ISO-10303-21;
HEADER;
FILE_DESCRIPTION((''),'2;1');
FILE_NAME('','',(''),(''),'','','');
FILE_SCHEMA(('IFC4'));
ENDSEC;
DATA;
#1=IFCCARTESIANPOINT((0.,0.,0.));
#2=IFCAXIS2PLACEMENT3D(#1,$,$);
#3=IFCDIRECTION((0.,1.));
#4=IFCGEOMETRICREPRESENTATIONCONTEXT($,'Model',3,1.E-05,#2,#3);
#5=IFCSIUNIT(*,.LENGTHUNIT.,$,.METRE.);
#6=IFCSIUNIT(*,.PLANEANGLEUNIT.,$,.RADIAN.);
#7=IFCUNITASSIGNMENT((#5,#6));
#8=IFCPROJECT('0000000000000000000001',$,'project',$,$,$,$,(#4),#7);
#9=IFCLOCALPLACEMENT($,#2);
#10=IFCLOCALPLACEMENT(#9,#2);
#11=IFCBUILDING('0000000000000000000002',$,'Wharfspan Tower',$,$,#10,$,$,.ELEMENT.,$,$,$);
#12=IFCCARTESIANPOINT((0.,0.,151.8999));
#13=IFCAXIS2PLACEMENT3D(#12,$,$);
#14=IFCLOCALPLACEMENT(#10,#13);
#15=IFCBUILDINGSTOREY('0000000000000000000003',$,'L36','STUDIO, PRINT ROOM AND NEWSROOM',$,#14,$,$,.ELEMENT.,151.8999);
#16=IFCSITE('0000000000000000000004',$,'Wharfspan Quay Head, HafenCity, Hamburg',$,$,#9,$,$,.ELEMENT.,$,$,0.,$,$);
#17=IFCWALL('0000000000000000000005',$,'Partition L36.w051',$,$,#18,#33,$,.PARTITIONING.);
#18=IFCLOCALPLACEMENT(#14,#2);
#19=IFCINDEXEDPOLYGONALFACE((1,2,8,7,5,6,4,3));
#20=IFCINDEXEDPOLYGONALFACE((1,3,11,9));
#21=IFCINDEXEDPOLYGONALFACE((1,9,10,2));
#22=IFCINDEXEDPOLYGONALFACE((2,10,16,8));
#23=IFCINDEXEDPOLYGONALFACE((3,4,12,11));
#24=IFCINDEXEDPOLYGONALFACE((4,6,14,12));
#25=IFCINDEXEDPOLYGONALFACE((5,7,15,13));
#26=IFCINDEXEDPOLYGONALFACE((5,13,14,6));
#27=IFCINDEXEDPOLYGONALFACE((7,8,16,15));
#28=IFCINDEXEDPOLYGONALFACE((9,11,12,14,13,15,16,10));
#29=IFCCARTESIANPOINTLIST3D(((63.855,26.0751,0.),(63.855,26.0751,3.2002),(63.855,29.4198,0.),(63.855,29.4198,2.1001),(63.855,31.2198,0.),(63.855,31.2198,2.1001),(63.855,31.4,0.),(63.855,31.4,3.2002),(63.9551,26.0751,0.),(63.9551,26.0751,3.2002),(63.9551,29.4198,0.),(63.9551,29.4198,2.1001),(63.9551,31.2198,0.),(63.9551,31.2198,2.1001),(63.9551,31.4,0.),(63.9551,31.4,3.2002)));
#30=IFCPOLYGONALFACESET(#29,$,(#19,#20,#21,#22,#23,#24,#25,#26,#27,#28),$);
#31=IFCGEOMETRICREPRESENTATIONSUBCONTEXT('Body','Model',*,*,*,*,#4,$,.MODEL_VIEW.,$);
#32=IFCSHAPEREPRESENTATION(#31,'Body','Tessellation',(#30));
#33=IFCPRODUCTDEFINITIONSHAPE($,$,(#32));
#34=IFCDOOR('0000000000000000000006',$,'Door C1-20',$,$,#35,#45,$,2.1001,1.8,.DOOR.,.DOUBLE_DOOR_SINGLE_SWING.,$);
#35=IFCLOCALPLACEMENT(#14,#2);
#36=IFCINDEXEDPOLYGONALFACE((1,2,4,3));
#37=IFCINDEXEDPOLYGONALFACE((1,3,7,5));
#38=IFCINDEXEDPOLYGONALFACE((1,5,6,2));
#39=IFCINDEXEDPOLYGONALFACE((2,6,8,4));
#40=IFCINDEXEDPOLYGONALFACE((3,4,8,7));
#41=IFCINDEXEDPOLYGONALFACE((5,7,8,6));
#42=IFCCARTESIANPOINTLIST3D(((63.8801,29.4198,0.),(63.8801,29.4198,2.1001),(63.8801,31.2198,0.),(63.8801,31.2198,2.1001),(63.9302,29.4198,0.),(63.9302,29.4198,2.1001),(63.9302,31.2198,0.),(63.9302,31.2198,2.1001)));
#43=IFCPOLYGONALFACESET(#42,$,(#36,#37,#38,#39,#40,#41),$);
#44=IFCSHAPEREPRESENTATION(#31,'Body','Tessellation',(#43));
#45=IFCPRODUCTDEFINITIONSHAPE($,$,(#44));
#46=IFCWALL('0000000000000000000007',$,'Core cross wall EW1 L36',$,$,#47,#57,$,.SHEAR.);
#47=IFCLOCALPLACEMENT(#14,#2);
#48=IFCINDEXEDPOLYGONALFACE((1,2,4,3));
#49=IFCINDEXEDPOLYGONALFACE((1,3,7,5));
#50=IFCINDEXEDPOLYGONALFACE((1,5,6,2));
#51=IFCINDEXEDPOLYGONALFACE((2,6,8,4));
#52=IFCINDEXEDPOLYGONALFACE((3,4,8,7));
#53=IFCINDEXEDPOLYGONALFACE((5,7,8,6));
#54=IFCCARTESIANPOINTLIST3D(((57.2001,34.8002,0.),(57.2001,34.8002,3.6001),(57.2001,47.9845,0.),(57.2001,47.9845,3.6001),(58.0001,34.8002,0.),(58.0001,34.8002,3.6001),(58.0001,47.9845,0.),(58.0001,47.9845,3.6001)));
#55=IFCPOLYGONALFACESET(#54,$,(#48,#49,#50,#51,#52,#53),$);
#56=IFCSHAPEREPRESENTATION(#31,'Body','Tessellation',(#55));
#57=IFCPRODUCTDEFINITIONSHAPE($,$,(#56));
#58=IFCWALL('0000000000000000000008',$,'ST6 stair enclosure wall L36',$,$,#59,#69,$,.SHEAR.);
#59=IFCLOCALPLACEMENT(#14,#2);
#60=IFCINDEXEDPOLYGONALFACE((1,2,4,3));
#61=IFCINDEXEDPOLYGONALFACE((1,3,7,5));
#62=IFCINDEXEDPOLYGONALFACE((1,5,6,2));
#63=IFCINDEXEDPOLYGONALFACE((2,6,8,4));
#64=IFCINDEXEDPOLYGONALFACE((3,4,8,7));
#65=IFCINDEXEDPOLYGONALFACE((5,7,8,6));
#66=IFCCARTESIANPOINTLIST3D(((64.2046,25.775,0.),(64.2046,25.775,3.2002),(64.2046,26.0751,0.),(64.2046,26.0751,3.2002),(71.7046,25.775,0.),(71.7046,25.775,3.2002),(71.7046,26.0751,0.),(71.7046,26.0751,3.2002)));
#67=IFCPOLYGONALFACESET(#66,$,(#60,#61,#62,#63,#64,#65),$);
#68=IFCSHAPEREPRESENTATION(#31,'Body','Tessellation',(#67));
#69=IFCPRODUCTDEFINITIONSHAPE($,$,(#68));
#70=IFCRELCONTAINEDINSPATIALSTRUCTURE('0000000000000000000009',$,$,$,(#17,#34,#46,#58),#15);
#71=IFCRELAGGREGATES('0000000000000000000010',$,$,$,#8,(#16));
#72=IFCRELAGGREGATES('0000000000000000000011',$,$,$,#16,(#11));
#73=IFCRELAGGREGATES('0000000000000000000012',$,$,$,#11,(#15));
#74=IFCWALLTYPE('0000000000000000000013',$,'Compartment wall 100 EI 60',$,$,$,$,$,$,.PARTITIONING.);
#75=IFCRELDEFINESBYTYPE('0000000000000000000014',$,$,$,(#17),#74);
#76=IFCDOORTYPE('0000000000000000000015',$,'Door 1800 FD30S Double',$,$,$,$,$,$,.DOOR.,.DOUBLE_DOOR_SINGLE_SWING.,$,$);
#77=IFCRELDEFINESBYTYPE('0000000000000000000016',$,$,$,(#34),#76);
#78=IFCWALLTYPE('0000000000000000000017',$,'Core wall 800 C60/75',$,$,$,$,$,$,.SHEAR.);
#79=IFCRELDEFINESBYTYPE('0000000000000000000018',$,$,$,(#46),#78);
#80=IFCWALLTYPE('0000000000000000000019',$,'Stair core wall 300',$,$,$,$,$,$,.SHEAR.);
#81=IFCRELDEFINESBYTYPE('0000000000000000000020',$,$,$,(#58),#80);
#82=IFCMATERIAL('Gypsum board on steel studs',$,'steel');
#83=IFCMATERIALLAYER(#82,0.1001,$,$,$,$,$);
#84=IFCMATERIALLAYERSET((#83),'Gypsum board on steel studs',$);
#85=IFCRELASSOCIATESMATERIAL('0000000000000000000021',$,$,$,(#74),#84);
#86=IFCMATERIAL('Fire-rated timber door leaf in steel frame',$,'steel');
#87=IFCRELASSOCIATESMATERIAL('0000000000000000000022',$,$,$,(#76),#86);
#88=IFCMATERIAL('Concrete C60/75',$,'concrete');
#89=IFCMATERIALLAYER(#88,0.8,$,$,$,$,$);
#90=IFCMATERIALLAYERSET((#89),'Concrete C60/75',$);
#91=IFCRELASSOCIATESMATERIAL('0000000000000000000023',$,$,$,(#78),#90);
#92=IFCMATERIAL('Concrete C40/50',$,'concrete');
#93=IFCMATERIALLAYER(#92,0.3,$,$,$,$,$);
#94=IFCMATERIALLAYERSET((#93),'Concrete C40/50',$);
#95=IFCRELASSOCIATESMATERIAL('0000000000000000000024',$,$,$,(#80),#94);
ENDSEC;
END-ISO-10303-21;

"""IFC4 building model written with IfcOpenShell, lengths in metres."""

from ifc_helpers import new_model, si_unit, direction, frame, frame_2d, origin, place, context, subcontext, project, spatial, rectangle, extrude, material, layer, layer_set, type_object, element, fill, save


model = new_model("IFC4")

# Units and contexts
model_context = context("Model", 3, precision=1e-05, world=origin(), true_north=direction((0.0, 1.0)))
body_context = subcontext(model_context, "Body", "Model", "MODEL_VIEW")
ifc_project = project(units=[si_unit("LENGTHUNIT", "METRE"), si_unit("PLANEANGLEUNIT", "RADIAN")], contexts=[model_context])

# Site, building, storey
site_placement = place(None, origin())
site = spatial("IfcSite", under=ifc_project, at=site_placement, Name="Wharfspan Quay Head, HafenCity, Hamburg", CompositionType="ELEMENT", RefElevation=0.0)
building_placement = place(site_placement, origin())
building = spatial("IfcBuilding", under=site, at=building_placement, Name="Wharfspan Tower", CompositionType="ELEMENT")
storey_placement = place(building_placement, frame((0.0, 0.0, 151.8999)))
storey = spatial("IfcBuildingStorey", under=building, at=storey_placement, Name="L36", Description="STUDIO, PRINT ROOM AND NEWSROOM", CompositionType="ELEMENT", Elevation=151.8999)

# Shared definitions
ifc_material_1 = material(Name="Gypsum board on steel studs", Category="steel")
ifc_layer_1 = layer(ifc_material_1, 0.1001)
ifc_layer_set_1 = layer_set([ifc_layer_1], Name="Gypsum board on steel studs")
wall_type_1 = type_object("IfcWallType", Name="Compartment wall 100 EI 60", PredefinedType="PARTITIONING", material=ifc_layer_set_1)

# Shared definitions
ifc_material_2 = material(Name="Fire-rated timber door leaf in steel frame", Category="steel")

# Wall, opening, door
wall_1_placement = place(storey_placement, frame((63.905, 26.075, 0.0), z_axis=(0.0, 0.0, 1.0), x_axis=(0.0, 1.0, 0.0)))
wall_1 = element("IfcWall", 1, at=wall_1_placement, inside=storey, type_object=wall_type_1, Name="Partition L36.w051", PredefinedType="PARTITIONING", context=body_context, shape_type="SweptSolid", body=[
    extrude(rectangle(XDim=5.325, YDim=0.1001, at=frame_2d((2.6626, 0.0))), origin(), (0.0, 0.0, 1.0), 3.2002),
])
opening_1_placement = place(wall_1_placement, frame((3.345, 0.0, 0.0)))
opening_1 = element("IfcOpeningElement", 2, at=opening_1_placement, cuts=wall_1, PredefinedType="OPENING", context=body_context, shape_type="SweptSolid", body=[
    extrude(rectangle(XDim=1.8, YDim=2.1001, at=frame_2d((0.8999, 1.05))), frame((0.0, 0.0601, 0.0), z_axis=(0.0, -1.0, 0.0), x_axis=(1.0, 0.0, 0.0)), (0.0, 0.0, 1.0), 0.1201),
])
door_type_1 = type_object("IfcDoorType", Name="Door 1800 FD30S Double", OperationType="DOUBLE_DOOR_SINGLE_SWING", PredefinedType="DOOR", material=ifc_material_2)
door_1_placement = place(opening_1_placement, origin())
door_1 = element("IfcDoor", 3, at=door_1_placement, inside=storey, type_object=door_type_1, Name="Door C1-20", OperationType="DOUBLE_DOOR_SINGLE_SWING", OverallHeight=2.1001, OverallWidth=1.8, PredefinedType="DOOR", context=body_context, shape_type="SweptSolid", body=[
    extrude(rectangle(XDim=1.8, YDim=2.1001, at=frame_2d((0.8999, 1.05))), frame((0.0, 0.0249, 0.0), z_axis=(0.0, -1.0, 0.0), x_axis=(1.0, 0.0, 0.0)), (0.0, 0.0, 1.0), 0.05),
])
fill(opening_1, door_1)

# Walls
ifc_material_3 = material(Name="Concrete C60/75", Category="concrete")
ifc_layer_2 = layer(ifc_material_3, 0.8)
ifc_layer_set_2 = layer_set([ifc_layer_2], Name="Concrete C60/75")
wall_type_2 = type_object("IfcWallType", Name="Core wall 800 C60/75", PredefinedType="SHEAR", material=ifc_layer_set_2)
wall_2_placement = place(storey_placement, frame((57.6001, 34.8, 0.0), z_axis=(0.0, 0.0, 1.0), x_axis=(0.0, 1.0, 0.0)))
element("IfcWall", 4, at=wall_2_placement, inside=storey, type_object=wall_type_2, Name="Core cross wall EW1 L36", PredefinedType="SHEAR", context=body_context, shape_type="SweptSolid", body=[
    extrude(rectangle(XDim=13.1843, YDim=0.8, at=frame_2d((6.5923, 0.0))), origin(), (0.0, 0.0, 1.0), 3.6001),
])
ifc_material_4 = material(Name="Concrete C40/50", Category="concrete")
ifc_layer_3 = layer(ifc_material_4, 0.3)
ifc_layer_set_3 = layer_set([ifc_layer_3], Name="Concrete C40/50")
wall_type_3 = type_object("IfcWallType", Name="Stair core wall 300", PredefinedType="SHEAR", material=ifc_layer_set_3)
wall_3_placement = place(storey_placement, frame((64.2046, 25.925, 0.0), z_axis=(0.0, 0.0, 1.0), x_axis=(1.0, 0.0, 0.0)))
element("IfcWall", 5, at=wall_3_placement, inside=storey, type_object=wall_type_3, Name="ST6 stair enclosure wall L36", PredefinedType="SHEAR", context=body_context, shape_type="SweptSolid", body=[
    extrude(rectangle(XDim=7.5, YDim=0.3, at=frame_2d((3.75, 0.0))), origin(), (0.0, 0.0, 1.0), 3.2002),
])

save(model, "model.ifc")
